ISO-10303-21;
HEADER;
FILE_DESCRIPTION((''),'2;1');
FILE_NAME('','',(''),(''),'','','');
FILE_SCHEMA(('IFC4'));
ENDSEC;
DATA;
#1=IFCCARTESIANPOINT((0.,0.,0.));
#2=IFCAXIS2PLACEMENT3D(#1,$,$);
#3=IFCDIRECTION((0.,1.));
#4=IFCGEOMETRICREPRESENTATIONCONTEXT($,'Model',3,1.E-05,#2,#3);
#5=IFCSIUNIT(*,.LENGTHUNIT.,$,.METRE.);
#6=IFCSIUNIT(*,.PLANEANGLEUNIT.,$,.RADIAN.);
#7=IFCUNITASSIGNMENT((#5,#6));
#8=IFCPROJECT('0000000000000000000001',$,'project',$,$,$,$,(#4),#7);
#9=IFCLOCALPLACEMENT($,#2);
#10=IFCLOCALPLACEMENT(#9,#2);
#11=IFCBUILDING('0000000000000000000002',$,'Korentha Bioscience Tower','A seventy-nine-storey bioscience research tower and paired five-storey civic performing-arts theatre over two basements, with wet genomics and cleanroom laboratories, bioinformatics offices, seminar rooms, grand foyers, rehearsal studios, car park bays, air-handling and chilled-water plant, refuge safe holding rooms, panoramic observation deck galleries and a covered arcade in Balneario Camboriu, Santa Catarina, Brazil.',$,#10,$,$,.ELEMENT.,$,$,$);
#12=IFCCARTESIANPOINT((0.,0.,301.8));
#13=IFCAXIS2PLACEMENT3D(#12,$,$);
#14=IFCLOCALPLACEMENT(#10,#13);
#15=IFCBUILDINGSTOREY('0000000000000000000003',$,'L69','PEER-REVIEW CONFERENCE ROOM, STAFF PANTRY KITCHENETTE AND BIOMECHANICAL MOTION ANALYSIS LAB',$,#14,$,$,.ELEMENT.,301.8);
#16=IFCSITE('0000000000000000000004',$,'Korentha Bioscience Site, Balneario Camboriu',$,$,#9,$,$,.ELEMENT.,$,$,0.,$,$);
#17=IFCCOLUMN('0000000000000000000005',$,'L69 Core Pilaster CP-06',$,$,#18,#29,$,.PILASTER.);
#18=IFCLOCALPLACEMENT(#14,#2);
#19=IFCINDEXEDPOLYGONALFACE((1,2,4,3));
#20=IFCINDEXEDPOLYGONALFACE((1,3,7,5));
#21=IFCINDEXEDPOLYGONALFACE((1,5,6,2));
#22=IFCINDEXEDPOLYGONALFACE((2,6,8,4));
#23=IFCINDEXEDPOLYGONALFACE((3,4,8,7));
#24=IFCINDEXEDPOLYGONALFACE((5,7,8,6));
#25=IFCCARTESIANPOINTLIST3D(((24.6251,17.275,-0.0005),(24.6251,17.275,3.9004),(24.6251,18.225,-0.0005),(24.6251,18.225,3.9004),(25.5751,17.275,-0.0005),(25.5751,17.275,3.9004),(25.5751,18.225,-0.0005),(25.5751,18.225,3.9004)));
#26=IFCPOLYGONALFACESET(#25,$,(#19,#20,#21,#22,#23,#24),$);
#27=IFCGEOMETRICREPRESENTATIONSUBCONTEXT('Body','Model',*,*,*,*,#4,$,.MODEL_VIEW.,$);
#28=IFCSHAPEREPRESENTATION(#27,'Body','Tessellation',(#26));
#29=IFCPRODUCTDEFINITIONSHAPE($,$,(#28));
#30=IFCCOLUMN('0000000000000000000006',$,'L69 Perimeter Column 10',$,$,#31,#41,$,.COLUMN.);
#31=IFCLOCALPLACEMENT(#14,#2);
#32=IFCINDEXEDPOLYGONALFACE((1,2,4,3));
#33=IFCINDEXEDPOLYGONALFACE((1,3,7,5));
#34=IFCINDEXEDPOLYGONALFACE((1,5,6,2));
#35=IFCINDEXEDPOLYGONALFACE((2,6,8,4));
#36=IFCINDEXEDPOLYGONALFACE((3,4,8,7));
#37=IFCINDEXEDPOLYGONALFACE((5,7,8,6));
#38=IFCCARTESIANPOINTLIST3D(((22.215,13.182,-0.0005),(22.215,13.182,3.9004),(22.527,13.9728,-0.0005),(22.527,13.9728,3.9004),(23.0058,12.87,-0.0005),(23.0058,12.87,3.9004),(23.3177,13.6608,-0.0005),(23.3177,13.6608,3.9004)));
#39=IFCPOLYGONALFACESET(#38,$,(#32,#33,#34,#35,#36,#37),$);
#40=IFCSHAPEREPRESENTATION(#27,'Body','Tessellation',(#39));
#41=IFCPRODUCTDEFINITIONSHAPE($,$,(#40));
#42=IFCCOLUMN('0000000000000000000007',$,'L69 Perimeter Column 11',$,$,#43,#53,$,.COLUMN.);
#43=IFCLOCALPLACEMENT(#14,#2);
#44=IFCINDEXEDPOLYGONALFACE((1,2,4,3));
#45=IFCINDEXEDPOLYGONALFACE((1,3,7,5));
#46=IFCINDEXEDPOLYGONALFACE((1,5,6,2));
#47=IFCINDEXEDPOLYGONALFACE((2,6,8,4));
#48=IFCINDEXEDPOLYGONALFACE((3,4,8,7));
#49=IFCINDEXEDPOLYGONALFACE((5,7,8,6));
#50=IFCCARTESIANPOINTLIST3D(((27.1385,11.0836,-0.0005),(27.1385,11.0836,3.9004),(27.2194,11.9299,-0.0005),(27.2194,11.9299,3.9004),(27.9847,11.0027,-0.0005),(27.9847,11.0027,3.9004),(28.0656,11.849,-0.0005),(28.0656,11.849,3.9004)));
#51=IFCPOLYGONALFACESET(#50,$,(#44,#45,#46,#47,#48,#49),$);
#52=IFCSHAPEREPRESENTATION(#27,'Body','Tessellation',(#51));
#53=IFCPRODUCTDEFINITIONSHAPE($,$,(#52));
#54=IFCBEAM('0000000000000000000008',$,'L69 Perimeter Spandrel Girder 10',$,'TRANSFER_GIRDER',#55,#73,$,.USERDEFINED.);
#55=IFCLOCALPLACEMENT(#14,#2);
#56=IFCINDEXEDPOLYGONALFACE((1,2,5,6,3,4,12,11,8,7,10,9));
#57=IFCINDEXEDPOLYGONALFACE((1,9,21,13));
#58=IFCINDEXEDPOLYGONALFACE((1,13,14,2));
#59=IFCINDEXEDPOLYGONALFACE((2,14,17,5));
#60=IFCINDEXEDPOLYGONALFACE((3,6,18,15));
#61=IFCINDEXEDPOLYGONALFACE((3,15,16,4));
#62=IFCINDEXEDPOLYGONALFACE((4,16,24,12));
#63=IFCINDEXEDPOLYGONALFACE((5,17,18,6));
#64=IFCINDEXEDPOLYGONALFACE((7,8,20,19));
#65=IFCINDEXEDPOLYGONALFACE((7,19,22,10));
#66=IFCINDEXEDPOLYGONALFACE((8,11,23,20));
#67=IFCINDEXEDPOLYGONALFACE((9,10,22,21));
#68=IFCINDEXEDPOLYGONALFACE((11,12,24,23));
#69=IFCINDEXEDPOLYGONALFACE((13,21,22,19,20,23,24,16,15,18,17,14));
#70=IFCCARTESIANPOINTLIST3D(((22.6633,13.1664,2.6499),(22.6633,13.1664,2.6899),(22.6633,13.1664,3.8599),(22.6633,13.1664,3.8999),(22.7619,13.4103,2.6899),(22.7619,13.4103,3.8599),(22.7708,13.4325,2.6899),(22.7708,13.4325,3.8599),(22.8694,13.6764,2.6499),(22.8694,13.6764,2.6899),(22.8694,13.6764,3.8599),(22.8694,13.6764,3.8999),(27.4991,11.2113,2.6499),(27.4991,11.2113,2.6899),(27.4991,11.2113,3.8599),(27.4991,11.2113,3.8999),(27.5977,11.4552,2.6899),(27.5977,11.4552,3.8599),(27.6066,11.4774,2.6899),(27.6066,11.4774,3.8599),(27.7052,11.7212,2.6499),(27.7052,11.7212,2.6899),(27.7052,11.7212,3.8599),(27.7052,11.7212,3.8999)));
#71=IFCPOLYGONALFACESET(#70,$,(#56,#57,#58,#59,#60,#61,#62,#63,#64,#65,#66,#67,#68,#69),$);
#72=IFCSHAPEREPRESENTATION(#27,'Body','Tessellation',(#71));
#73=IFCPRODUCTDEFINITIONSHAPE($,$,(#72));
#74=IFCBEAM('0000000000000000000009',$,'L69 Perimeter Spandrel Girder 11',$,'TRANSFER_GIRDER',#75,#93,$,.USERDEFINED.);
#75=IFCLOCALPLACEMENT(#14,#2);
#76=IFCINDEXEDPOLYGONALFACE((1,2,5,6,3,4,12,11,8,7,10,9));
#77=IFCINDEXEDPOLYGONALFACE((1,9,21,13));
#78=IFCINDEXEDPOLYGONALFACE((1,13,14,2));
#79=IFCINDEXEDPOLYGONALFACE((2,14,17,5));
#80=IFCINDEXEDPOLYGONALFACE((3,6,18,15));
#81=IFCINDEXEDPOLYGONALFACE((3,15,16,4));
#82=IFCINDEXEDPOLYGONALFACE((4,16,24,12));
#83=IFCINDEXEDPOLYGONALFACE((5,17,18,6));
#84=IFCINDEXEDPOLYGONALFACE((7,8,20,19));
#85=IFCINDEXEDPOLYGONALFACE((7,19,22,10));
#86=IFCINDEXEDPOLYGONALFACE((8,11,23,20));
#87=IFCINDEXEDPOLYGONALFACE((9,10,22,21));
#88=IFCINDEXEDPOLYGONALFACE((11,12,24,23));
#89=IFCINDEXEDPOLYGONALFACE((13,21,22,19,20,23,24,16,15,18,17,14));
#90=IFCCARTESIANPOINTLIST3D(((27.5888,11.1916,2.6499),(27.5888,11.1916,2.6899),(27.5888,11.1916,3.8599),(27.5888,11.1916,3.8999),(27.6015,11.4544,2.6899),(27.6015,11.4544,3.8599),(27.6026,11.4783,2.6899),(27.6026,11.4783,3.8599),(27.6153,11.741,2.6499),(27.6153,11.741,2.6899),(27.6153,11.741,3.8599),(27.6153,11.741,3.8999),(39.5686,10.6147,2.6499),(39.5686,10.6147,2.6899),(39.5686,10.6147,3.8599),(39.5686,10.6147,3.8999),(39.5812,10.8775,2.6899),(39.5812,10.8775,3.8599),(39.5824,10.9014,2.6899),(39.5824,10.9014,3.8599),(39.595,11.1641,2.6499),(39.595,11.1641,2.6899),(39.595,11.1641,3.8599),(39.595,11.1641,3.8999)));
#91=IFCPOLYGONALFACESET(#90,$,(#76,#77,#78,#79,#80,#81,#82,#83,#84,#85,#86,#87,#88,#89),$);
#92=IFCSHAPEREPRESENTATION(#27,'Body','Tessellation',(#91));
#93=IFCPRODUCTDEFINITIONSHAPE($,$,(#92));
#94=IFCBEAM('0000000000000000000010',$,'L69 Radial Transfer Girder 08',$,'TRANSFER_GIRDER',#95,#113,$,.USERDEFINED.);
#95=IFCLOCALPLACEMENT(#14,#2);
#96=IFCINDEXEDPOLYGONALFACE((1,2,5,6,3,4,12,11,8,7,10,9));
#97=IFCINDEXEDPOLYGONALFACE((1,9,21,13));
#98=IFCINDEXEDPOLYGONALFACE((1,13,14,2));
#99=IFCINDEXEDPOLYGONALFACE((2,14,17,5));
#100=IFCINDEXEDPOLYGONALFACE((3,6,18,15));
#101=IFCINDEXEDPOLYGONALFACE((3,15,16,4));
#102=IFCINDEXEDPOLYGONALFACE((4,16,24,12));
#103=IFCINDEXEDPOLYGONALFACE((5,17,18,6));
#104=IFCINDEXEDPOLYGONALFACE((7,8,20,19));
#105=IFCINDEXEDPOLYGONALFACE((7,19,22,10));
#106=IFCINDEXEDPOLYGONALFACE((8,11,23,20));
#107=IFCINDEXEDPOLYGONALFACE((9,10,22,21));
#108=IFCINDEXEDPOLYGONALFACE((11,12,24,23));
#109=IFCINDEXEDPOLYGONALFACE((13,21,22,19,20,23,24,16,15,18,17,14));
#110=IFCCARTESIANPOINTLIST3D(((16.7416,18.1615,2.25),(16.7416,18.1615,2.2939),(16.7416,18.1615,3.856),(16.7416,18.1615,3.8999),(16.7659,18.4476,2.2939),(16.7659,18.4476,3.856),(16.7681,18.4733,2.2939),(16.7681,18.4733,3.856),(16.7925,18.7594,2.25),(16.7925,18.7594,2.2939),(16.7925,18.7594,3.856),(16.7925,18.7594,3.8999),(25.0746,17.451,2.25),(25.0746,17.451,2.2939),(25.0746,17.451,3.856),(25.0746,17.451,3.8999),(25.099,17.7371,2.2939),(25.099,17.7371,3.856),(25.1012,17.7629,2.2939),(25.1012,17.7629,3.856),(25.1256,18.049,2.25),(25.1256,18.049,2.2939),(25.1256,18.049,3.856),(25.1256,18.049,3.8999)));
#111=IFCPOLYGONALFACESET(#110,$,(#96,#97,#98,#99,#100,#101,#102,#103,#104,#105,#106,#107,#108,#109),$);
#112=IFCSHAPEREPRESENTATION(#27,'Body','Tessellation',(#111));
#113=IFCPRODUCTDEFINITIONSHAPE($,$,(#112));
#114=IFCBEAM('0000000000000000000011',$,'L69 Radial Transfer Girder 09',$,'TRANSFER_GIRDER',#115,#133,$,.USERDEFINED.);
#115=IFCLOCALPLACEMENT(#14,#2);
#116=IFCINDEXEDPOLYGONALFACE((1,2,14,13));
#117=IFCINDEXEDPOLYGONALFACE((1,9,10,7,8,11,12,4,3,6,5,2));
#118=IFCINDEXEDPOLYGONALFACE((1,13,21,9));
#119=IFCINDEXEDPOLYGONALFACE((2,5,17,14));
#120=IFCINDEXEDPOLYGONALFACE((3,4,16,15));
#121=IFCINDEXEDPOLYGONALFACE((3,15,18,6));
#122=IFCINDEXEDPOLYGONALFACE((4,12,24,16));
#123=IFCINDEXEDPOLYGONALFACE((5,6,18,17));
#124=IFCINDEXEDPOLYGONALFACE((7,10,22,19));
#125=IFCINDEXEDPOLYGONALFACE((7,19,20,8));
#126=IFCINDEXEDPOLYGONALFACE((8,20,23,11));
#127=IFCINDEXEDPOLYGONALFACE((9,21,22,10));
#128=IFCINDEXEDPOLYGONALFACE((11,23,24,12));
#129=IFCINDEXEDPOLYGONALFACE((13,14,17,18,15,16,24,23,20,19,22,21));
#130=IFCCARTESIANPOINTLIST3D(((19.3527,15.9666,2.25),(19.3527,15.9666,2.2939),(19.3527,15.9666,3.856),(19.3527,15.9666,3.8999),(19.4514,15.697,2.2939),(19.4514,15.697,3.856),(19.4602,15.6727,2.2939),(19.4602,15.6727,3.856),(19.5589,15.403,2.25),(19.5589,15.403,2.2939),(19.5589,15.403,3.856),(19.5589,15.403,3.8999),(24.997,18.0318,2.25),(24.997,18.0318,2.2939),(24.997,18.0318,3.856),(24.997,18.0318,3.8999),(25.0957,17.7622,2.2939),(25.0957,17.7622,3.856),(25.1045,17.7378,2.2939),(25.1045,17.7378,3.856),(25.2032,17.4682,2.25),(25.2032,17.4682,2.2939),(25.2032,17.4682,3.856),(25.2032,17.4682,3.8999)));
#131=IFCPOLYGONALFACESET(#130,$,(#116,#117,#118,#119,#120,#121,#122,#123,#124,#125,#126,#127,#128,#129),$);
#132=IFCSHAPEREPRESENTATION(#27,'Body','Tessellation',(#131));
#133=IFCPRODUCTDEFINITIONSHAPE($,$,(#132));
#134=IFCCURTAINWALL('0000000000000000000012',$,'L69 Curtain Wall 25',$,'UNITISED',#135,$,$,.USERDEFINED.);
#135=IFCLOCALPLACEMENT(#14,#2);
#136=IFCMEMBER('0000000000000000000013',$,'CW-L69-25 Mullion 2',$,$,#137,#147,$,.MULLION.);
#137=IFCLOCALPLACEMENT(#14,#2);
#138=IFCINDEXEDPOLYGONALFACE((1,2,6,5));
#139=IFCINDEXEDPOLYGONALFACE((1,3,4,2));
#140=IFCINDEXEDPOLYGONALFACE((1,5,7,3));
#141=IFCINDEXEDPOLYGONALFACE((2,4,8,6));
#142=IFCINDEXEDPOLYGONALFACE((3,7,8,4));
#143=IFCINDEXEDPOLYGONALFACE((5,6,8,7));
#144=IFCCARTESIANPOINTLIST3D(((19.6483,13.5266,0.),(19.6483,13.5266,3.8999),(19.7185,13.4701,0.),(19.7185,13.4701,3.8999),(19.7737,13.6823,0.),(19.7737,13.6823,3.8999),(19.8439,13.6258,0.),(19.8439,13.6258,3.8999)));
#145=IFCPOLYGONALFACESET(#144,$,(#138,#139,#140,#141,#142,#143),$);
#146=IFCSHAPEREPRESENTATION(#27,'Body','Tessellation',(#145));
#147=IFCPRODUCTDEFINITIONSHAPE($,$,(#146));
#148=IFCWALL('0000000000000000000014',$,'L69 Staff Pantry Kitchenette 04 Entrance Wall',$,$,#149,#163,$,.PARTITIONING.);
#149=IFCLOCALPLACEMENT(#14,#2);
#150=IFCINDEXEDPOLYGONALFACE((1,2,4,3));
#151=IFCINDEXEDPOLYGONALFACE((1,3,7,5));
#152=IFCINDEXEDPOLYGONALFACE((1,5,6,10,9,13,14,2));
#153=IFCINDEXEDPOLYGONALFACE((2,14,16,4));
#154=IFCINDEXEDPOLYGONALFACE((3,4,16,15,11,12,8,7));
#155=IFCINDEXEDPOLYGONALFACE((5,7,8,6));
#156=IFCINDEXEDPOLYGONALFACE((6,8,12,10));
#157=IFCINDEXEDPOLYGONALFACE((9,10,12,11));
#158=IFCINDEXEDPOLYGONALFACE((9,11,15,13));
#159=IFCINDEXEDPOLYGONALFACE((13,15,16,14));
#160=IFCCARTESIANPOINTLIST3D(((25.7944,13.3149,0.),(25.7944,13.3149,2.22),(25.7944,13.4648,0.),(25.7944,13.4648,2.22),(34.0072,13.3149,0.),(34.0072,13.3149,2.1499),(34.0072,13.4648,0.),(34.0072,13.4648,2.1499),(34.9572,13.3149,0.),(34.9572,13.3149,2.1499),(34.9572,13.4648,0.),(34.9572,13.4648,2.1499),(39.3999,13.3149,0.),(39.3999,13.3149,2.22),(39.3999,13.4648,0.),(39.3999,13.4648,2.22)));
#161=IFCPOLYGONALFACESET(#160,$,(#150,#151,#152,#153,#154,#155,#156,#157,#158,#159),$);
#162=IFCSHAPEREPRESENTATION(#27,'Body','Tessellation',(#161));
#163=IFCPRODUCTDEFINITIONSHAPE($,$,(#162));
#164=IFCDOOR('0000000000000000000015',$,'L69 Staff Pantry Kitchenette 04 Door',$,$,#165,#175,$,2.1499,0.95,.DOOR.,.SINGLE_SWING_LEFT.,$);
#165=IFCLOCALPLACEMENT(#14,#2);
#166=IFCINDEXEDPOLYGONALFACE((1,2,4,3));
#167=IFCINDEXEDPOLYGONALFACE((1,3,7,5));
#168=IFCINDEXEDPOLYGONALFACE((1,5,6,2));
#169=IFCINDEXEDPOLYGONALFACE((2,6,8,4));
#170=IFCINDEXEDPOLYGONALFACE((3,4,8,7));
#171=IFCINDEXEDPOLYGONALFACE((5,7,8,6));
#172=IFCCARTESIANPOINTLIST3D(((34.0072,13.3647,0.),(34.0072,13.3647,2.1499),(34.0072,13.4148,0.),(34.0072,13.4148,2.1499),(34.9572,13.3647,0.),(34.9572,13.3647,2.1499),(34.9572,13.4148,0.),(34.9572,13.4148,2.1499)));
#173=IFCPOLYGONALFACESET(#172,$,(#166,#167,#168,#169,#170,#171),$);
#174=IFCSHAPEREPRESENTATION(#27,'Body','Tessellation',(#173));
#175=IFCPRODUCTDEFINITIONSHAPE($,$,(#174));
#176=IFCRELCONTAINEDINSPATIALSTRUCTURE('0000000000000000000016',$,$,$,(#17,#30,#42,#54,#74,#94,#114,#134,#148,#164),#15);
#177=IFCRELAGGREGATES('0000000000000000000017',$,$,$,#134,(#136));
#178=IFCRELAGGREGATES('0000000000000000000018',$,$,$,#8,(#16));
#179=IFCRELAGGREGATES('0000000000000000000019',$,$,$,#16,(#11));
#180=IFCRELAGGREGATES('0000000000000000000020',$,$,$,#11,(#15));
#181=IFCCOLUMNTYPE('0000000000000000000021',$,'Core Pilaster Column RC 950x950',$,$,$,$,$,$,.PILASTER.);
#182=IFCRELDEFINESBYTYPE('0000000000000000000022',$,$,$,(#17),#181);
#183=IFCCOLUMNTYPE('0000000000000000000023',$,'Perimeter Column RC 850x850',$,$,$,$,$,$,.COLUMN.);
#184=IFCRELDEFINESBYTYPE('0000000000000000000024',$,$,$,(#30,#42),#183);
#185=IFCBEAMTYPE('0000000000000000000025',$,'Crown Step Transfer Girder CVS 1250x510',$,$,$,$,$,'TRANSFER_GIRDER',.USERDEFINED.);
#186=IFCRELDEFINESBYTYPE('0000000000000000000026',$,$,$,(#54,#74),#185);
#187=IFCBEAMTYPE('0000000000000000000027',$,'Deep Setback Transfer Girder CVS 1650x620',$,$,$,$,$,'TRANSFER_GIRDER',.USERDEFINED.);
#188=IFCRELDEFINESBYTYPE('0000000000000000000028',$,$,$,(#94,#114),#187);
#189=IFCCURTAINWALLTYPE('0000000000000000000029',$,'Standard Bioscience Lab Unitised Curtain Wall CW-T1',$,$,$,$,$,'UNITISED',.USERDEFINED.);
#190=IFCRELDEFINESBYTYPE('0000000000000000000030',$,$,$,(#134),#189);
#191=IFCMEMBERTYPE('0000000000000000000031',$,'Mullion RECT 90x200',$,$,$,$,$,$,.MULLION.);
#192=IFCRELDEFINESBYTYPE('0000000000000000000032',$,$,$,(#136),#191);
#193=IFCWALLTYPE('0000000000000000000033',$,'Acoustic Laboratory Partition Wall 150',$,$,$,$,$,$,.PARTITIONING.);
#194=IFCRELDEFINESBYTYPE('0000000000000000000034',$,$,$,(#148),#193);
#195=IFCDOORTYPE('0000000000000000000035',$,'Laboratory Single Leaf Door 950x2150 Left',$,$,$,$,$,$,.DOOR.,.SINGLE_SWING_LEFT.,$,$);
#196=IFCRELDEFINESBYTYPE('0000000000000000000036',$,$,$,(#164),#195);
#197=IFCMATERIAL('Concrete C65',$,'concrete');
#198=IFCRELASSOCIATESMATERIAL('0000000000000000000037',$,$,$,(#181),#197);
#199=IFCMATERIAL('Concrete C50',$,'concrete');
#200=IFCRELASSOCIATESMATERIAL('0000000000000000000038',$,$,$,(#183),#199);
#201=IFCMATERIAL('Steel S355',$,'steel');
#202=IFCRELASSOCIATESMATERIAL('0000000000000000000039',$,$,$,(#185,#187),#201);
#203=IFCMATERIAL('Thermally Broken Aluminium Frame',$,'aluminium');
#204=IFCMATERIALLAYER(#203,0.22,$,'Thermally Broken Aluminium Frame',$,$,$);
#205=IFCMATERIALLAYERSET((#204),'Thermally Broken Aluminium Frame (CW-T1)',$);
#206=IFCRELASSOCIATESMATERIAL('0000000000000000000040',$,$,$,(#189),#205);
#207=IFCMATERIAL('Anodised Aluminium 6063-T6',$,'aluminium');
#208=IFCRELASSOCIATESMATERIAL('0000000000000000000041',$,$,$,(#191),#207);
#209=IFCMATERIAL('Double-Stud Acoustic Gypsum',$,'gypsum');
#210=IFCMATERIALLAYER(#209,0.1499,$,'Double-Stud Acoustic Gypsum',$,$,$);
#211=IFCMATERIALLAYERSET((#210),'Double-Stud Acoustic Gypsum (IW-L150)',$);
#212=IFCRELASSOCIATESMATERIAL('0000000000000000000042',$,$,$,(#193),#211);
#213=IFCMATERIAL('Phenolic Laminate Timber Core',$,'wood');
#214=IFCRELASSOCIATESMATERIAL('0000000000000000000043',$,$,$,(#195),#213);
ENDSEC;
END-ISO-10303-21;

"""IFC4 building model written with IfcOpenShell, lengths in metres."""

from ifc_helpers import new_model, si_unit, direction, frame, frame_2d, origin, origin_2d, place, context, subcontext, project, spatial, rectangle, i_section, extrude, material, layer, layer_set, material_profile, profile_set, type_object, element, fill, aggregate, save


model = new_model("IFC4")

# Units and contexts
model_context = context("Model", 3, precision=1e-05, world=origin(), true_north=direction((0.0, 1.0)))
body_context = subcontext(model_context, "Body", "Model", "MODEL_VIEW")
ifc_project = project(units=[si_unit("LENGTHUNIT", "METRE"), si_unit("PLANEANGLEUNIT", "RADIAN")], contexts=[model_context])

# Site, building, storey
site_placement = place(None, origin())
site = spatial("IfcSite", under=ifc_project, at=site_placement, Name="Korentha Bioscience Site, Balneario Camboriu", CompositionType="ELEMENT", RefElevation=0.0)
building_placement = place(site_placement, origin())
building = spatial("IfcBuilding", under=site, at=building_placement, Name="Korentha Bioscience Tower", Description="A seventy-nine-storey bioscience research tower and paired five-storey civic performing-arts theatre over two basements, with wet genomics and cleanroom laboratories, bioinformatics offices, seminar rooms, grand foyers, rehearsal studios, car park bays, air-handling and chilled-water plant, refuge safe holding rooms, panoramic observation deck galleries and a covered arcade in Balneario Camboriu, Santa Catarina, Brazil.", CompositionType="ELEMENT")
storey_placement = place(building_placement, frame((0.0, 0.0, 301.8)))
storey = spatial("IfcBuildingStorey", under=building, at=storey_placement, Name="L69", Description="PEER-REVIEW CONFERENCE ROOM, STAFF PANTRY KITCHENETTE AND BIOMECHANICAL MOTION ANALYSIS LAB", CompositionType="ELEMENT", Elevation=301.8)

# Columns
ifc_material_1 = material(Name="Concrete C65", Category="concrete")
ifc_material_profile_1 = material_profile(ifc_material_1, rectangle(XDim=0.95, YDim=0.95, at=origin_2d()), Name="Concrete C65")
ifc_profile_set_1 = profile_set([ifc_material_profile_1], Name="Concrete C65 (COL-CP09)")
column_type_1 = type_object("IfcColumnType", Name="Core Pilaster Column RC 950x950", PredefinedType="PILASTER", material=ifc_profile_set_1)
column_placement = place(storey_placement, frame((25.1001, 17.75, -0.0005), z_axis=(0.0, 0.0, 1.0), x_axis=(1.0, 0.0, 0.0)))
element("IfcColumn", 1, at=column_placement, inside=storey, type_object=column_type_1, Name="L69 Core Pilaster CP-06", PredefinedType="PILASTER", context=body_context, shape_type="SweptSolid", body=[
    extrude(rectangle(XDim=0.95, YDim=0.95, at=origin_2d()), origin(), (0.0, 0.0, 1.0), 3.9009),
])
ifc_material_2 = material(Name="Concrete C50", Category="concrete")
ifc_material_profile_2 = material_profile(ifc_material_2, rectangle(XDim=0.8501, YDim=0.8501, at=origin_2d()), Name="Concrete C50")
ifc_profile_set_2 = profile_set([ifc_material_profile_2], Name="Concrete C50 (COL-P08)")
column_type_2 = type_object("IfcColumnType", Name="Perimeter Column RC 850x850", PredefinedType="COLUMN", material=ifc_profile_set_2)
for number, where, z_axis, x_axis, name in (
    (2, (22.7664, 13.4214, -0.0005), (0.0, 0.0, 1.0), (-0.930226, 0.366988, 0.0), "L69 Perimeter Column 10"),
    (3, (27.6021, 11.4663, -0.0005), (0.0, 0.0, 1.0), (-0.995463, 0.095151, 0.0), "L69 Perimeter Column 11"),
):
    element("IfcColumn", number, at=place(storey_placement, frame(where, z_axis=z_axis, x_axis=x_axis)), inside=storey, type_object=column_type_2, Name=name, PredefinedType="COLUMN", context=body_context, shape_type="SweptSolid", body=[
        extrude(rectangle(XDim=0.8501, YDim=0.8501, at=origin_2d()), origin(), (0.0, 0.0, 1.0), 3.9009),
    ])

# Beams
ifc_material_3 = material(Name="Steel S355", Category="steel")
ifc_material_profile_3 = material_profile(ifc_material_3, i_section(OverallWidth=0.55, OverallDepth=1.25, WebThickness=0.0239, FlangeThickness=0.04, at=origin_2d()), Name="Steel S355")
ifc_profile_set_3 = profile_set([ifc_material_profile_3], Name="Steel S355 (TG-03)")
beam_type_1 = type_object("IfcBeamType", Name="Crown Step Transfer Girder CVS 1250x510", ElementType="TRANSFER_GIRDER", PredefinedType="USERDEFINED", material=ifc_profile_set_3)
beam_1_placement = place(storey_placement, frame((22.7664, 13.4214, 3.2749), z_axis=(0.927095, -0.374826, 0.0), x_axis=(0.374826, 0.927095, 0.0)))
element("IfcBeam", 4, at=beam_1_placement, inside=storey, type_object=beam_type_1, Name="L69 Perimeter Spandrel Girder 10", ObjectType="TRANSFER_GIRDER", PredefinedType="USERDEFINED", context=body_context, shape_type="SweptSolid", body=[
    extrude(i_section(OverallWidth=0.55, OverallDepth=1.25, WebThickness=0.0239, FlangeThickness=0.04, at=origin_2d()), origin(), (0.0, 0.0, 1.0), 5.2161),
])
beam_2_placement = place(storey_placement, frame((27.6021, 11.4663, 3.2749), z_axis=(0.998842, -0.048101, 0.0), x_axis=(0.048101, 0.998842, 0.0)))
element("IfcBeam", 5, at=beam_2_placement, inside=storey, type_object=beam_type_1, Name="L69 Perimeter Spandrel Girder 11", ObjectType="TRANSFER_GIRDER", PredefinedType="USERDEFINED", context=body_context, shape_type="SweptSolid", body=[
    extrude(i_section(OverallWidth=0.55, OverallDepth=1.25, WebThickness=0.0239, FlangeThickness=0.04, at=origin_2d()), origin(), (0.0, 0.0, 1.0), 11.9937),
])
ifc_material_profile_4 = material_profile(ifc_material_3, i_section(OverallWidth=0.6001, OverallDepth=1.6499, WebThickness=0.0259, FlangeThickness=0.0439, at=origin_2d()), Name="Steel S355")
ifc_profile_set_4 = profile_set([ifc_material_profile_4], Name="Steel S355 (TG-04)")
beam_type_2 = type_object("IfcBeamType", Name="Deep Setback Transfer Girder CVS 1650x620", ElementType="TRANSFER_GIRDER", PredefinedType="USERDEFINED", material=ifc_profile_set_4)
beam_3_placement = place(storey_placement, frame((25.1001, 17.75, 3.075), z_axis=(-0.996385, 0.084949, 0.0), x_axis=(-0.084949, -0.996385, 0.0)))
element("IfcBeam", 6, at=beam_3_placement, inside=storey, type_object=beam_type_2, Name="L69 Radial Transfer Girder 08", ObjectType="TRANSFER_GIRDER", PredefinedType="USERDEFINED", context=body_context, shape_type="SweptSolid", body=[
    extrude(i_section(OverallWidth=0.6001, OverallDepth=1.6499, WebThickness=0.0259, FlangeThickness=0.0439, at=origin_2d()), origin(), (0.0, 0.0, 1.0), 8.3633),
])
beam_4_placement = place(storey_placement, frame((25.1001, 17.75, 3.075), z_axis=(-0.939112, -0.343611, 0.0), x_axis=(0.343611, -0.939112, 0.0)))
element("IfcBeam", 7, at=beam_4_placement, inside=storey, type_object=beam_type_2, Name="L69 Radial Transfer Girder 09", ObjectType="TRANSFER_GIRDER", PredefinedType="USERDEFINED", context=body_context, shape_type="SweptSolid", body=[
    extrude(i_section(OverallWidth=0.6001, OverallDepth=1.6499, WebThickness=0.0259, FlangeThickness=0.0439, at=origin_2d()), origin(), (0.0, 0.0, 1.0), 6.0103),
])

# Curtain wall, member
ifc_material_4 = material(Name="Thermally Broken Aluminium Frame", Category="aluminium")
ifc_layer_1 = layer(ifc_material_4, 0.22, Name="Thermally Broken Aluminium Frame")
ifc_layer_set_1 = layer_set([ifc_layer_1], Name="Thermally Broken Aluminium Frame (CW-T1)")
curtain_wall_type = type_object("IfcCurtainWallType", Name="Standard Bioscience Lab Unitised Curtain Wall CW-T1", ElementType="UNITISED", PredefinedType="USERDEFINED", material=ifc_layer_set_1)
curtain_wall_placement = place(storey_placement, origin())
curtain_wall = element("IfcCurtainWall", 8, at=curtain_wall_placement, inside=storey, type_object=curtain_wall_type, Name="L69 Curtain Wall 25", ObjectType="UNITISED", PredefinedType="USERDEFINED")
ifc_material_5 = material(Name="Anodised Aluminium 6063-T6", Category="aluminium")
ifc_material_profile_5 = material_profile(ifc_material_5, rectangle(XDim=0.0901, YDim=0.2, at=origin_2d()), Name="Anodised Aluminium 6063-T6")
ifc_profile_set_5 = profile_set([ifc_material_profile_5], Name="Anodised Aluminium 6063-T6 (CW-MUL)")
member_type = type_object("IfcMemberType", Name="Mullion RECT 90x200", PredefinedType="MULLION", material=ifc_profile_set_5)
member_placement = place(storey_placement, frame((19.7461, 13.5762, 0.0), z_axis=(0.0, 0.0, 1.0), x_axis=(0.778807, -0.627264, 0.0)))
member = element("IfcMember", 9, at=member_placement, type_object=member_type, Name="CW-L69-25 Mullion 2", PredefinedType="MULLION", context=body_context, shape_type="SweptSolid", body=[
    extrude(rectangle(XDim=0.0901, YDim=0.2, at=origin_2d()), origin(), (0.0, 0.0, 1.0), 3.8999),
])
aggregate(curtain_wall, [member])

# Wall, opening, door
ifc_material_6 = material(Name="Double-Stud Acoustic Gypsum", Category="gypsum")
ifc_layer_2 = layer(ifc_material_6, 0.1499, Name="Double-Stud Acoustic Gypsum")
ifc_layer_set_2 = layer_set([ifc_layer_2], Name="Double-Stud Acoustic Gypsum (IW-L150)")
wall_type_1 = type_object("IfcWallType", Name="Acoustic Laboratory Partition Wall 150", PredefinedType="PARTITIONING", material=ifc_layer_set_2)
ifc_material_7 = material(Name="Phenolic Laminate Timber Core", Category="wood")
door_type = type_object("IfcDoorType", Name="Laboratory Single Leaf Door 950x2150 Left", OperationType="SINGLE_SWING_LEFT", PredefinedType="DOOR", material=ifc_material_7)
wall_1_placement = place(storey_placement, frame((25.7944, 13.3899, 0.0), z_axis=(0.0, 0.0, 1.0), x_axis=(1.0, 0.0, 0.0)))
wall_1 = element("IfcWall", 10, at=wall_1_placement, inside=storey, type_object=wall_type_1, Name="L69 Staff Pantry Kitchenette 04 Entrance Wall", PredefinedType="PARTITIONING", context=body_context, shape_type="SweptSolid", body=[
    extrude(rectangle(XDim=13.6055, YDim=0.1499, at=frame_2d((6.8027, 0.0))), origin(), (0.0, 0.0, 1.0), 2.22),
])
opening_1_placement = place(wall_1_placement, frame((8.2126, 0.0, 0.0)))
opening_1 = element("IfcOpeningElement", 11, at=opening_1_placement, cuts=wall_1, PredefinedType="OPENING", context=body_context, shape_type="SweptSolid", body=[
    extrude(rectangle(XDim=0.95, YDim=2.1499, at=frame_2d((0.4751, 1.075))), frame((0.0, 0.0898, 0.0), z_axis=(0.0, -1.0, 0.0), x_axis=(1.0, 0.0, 0.0)), (0.0, 0.0, 1.0), 0.1797),
])
door_1_placement = place(opening_1_placement, origin())
door_1 = element("IfcDoor", 12, at=door_1_placement, inside=storey, type_object=door_type, Name="L69 Staff Pantry Kitchenette 04 Door", OperationType="SINGLE_SWING_LEFT", OverallHeight=2.1499, OverallWidth=0.95, PredefinedType="DOOR", context=body_context, shape_type="SweptSolid", body=[
    extrude(rectangle(XDim=0.95, YDim=2.1499, at=frame_2d((0.4751, 1.075))), frame((0.0, 0.0249, 0.0), z_axis=(0.0, -1.0, 0.0), x_axis=(1.0, 0.0, 0.0)), (0.0, 0.0, 1.0), 0.05),
])
fill(opening_1, door_1)

save(model, "model.ifc")
